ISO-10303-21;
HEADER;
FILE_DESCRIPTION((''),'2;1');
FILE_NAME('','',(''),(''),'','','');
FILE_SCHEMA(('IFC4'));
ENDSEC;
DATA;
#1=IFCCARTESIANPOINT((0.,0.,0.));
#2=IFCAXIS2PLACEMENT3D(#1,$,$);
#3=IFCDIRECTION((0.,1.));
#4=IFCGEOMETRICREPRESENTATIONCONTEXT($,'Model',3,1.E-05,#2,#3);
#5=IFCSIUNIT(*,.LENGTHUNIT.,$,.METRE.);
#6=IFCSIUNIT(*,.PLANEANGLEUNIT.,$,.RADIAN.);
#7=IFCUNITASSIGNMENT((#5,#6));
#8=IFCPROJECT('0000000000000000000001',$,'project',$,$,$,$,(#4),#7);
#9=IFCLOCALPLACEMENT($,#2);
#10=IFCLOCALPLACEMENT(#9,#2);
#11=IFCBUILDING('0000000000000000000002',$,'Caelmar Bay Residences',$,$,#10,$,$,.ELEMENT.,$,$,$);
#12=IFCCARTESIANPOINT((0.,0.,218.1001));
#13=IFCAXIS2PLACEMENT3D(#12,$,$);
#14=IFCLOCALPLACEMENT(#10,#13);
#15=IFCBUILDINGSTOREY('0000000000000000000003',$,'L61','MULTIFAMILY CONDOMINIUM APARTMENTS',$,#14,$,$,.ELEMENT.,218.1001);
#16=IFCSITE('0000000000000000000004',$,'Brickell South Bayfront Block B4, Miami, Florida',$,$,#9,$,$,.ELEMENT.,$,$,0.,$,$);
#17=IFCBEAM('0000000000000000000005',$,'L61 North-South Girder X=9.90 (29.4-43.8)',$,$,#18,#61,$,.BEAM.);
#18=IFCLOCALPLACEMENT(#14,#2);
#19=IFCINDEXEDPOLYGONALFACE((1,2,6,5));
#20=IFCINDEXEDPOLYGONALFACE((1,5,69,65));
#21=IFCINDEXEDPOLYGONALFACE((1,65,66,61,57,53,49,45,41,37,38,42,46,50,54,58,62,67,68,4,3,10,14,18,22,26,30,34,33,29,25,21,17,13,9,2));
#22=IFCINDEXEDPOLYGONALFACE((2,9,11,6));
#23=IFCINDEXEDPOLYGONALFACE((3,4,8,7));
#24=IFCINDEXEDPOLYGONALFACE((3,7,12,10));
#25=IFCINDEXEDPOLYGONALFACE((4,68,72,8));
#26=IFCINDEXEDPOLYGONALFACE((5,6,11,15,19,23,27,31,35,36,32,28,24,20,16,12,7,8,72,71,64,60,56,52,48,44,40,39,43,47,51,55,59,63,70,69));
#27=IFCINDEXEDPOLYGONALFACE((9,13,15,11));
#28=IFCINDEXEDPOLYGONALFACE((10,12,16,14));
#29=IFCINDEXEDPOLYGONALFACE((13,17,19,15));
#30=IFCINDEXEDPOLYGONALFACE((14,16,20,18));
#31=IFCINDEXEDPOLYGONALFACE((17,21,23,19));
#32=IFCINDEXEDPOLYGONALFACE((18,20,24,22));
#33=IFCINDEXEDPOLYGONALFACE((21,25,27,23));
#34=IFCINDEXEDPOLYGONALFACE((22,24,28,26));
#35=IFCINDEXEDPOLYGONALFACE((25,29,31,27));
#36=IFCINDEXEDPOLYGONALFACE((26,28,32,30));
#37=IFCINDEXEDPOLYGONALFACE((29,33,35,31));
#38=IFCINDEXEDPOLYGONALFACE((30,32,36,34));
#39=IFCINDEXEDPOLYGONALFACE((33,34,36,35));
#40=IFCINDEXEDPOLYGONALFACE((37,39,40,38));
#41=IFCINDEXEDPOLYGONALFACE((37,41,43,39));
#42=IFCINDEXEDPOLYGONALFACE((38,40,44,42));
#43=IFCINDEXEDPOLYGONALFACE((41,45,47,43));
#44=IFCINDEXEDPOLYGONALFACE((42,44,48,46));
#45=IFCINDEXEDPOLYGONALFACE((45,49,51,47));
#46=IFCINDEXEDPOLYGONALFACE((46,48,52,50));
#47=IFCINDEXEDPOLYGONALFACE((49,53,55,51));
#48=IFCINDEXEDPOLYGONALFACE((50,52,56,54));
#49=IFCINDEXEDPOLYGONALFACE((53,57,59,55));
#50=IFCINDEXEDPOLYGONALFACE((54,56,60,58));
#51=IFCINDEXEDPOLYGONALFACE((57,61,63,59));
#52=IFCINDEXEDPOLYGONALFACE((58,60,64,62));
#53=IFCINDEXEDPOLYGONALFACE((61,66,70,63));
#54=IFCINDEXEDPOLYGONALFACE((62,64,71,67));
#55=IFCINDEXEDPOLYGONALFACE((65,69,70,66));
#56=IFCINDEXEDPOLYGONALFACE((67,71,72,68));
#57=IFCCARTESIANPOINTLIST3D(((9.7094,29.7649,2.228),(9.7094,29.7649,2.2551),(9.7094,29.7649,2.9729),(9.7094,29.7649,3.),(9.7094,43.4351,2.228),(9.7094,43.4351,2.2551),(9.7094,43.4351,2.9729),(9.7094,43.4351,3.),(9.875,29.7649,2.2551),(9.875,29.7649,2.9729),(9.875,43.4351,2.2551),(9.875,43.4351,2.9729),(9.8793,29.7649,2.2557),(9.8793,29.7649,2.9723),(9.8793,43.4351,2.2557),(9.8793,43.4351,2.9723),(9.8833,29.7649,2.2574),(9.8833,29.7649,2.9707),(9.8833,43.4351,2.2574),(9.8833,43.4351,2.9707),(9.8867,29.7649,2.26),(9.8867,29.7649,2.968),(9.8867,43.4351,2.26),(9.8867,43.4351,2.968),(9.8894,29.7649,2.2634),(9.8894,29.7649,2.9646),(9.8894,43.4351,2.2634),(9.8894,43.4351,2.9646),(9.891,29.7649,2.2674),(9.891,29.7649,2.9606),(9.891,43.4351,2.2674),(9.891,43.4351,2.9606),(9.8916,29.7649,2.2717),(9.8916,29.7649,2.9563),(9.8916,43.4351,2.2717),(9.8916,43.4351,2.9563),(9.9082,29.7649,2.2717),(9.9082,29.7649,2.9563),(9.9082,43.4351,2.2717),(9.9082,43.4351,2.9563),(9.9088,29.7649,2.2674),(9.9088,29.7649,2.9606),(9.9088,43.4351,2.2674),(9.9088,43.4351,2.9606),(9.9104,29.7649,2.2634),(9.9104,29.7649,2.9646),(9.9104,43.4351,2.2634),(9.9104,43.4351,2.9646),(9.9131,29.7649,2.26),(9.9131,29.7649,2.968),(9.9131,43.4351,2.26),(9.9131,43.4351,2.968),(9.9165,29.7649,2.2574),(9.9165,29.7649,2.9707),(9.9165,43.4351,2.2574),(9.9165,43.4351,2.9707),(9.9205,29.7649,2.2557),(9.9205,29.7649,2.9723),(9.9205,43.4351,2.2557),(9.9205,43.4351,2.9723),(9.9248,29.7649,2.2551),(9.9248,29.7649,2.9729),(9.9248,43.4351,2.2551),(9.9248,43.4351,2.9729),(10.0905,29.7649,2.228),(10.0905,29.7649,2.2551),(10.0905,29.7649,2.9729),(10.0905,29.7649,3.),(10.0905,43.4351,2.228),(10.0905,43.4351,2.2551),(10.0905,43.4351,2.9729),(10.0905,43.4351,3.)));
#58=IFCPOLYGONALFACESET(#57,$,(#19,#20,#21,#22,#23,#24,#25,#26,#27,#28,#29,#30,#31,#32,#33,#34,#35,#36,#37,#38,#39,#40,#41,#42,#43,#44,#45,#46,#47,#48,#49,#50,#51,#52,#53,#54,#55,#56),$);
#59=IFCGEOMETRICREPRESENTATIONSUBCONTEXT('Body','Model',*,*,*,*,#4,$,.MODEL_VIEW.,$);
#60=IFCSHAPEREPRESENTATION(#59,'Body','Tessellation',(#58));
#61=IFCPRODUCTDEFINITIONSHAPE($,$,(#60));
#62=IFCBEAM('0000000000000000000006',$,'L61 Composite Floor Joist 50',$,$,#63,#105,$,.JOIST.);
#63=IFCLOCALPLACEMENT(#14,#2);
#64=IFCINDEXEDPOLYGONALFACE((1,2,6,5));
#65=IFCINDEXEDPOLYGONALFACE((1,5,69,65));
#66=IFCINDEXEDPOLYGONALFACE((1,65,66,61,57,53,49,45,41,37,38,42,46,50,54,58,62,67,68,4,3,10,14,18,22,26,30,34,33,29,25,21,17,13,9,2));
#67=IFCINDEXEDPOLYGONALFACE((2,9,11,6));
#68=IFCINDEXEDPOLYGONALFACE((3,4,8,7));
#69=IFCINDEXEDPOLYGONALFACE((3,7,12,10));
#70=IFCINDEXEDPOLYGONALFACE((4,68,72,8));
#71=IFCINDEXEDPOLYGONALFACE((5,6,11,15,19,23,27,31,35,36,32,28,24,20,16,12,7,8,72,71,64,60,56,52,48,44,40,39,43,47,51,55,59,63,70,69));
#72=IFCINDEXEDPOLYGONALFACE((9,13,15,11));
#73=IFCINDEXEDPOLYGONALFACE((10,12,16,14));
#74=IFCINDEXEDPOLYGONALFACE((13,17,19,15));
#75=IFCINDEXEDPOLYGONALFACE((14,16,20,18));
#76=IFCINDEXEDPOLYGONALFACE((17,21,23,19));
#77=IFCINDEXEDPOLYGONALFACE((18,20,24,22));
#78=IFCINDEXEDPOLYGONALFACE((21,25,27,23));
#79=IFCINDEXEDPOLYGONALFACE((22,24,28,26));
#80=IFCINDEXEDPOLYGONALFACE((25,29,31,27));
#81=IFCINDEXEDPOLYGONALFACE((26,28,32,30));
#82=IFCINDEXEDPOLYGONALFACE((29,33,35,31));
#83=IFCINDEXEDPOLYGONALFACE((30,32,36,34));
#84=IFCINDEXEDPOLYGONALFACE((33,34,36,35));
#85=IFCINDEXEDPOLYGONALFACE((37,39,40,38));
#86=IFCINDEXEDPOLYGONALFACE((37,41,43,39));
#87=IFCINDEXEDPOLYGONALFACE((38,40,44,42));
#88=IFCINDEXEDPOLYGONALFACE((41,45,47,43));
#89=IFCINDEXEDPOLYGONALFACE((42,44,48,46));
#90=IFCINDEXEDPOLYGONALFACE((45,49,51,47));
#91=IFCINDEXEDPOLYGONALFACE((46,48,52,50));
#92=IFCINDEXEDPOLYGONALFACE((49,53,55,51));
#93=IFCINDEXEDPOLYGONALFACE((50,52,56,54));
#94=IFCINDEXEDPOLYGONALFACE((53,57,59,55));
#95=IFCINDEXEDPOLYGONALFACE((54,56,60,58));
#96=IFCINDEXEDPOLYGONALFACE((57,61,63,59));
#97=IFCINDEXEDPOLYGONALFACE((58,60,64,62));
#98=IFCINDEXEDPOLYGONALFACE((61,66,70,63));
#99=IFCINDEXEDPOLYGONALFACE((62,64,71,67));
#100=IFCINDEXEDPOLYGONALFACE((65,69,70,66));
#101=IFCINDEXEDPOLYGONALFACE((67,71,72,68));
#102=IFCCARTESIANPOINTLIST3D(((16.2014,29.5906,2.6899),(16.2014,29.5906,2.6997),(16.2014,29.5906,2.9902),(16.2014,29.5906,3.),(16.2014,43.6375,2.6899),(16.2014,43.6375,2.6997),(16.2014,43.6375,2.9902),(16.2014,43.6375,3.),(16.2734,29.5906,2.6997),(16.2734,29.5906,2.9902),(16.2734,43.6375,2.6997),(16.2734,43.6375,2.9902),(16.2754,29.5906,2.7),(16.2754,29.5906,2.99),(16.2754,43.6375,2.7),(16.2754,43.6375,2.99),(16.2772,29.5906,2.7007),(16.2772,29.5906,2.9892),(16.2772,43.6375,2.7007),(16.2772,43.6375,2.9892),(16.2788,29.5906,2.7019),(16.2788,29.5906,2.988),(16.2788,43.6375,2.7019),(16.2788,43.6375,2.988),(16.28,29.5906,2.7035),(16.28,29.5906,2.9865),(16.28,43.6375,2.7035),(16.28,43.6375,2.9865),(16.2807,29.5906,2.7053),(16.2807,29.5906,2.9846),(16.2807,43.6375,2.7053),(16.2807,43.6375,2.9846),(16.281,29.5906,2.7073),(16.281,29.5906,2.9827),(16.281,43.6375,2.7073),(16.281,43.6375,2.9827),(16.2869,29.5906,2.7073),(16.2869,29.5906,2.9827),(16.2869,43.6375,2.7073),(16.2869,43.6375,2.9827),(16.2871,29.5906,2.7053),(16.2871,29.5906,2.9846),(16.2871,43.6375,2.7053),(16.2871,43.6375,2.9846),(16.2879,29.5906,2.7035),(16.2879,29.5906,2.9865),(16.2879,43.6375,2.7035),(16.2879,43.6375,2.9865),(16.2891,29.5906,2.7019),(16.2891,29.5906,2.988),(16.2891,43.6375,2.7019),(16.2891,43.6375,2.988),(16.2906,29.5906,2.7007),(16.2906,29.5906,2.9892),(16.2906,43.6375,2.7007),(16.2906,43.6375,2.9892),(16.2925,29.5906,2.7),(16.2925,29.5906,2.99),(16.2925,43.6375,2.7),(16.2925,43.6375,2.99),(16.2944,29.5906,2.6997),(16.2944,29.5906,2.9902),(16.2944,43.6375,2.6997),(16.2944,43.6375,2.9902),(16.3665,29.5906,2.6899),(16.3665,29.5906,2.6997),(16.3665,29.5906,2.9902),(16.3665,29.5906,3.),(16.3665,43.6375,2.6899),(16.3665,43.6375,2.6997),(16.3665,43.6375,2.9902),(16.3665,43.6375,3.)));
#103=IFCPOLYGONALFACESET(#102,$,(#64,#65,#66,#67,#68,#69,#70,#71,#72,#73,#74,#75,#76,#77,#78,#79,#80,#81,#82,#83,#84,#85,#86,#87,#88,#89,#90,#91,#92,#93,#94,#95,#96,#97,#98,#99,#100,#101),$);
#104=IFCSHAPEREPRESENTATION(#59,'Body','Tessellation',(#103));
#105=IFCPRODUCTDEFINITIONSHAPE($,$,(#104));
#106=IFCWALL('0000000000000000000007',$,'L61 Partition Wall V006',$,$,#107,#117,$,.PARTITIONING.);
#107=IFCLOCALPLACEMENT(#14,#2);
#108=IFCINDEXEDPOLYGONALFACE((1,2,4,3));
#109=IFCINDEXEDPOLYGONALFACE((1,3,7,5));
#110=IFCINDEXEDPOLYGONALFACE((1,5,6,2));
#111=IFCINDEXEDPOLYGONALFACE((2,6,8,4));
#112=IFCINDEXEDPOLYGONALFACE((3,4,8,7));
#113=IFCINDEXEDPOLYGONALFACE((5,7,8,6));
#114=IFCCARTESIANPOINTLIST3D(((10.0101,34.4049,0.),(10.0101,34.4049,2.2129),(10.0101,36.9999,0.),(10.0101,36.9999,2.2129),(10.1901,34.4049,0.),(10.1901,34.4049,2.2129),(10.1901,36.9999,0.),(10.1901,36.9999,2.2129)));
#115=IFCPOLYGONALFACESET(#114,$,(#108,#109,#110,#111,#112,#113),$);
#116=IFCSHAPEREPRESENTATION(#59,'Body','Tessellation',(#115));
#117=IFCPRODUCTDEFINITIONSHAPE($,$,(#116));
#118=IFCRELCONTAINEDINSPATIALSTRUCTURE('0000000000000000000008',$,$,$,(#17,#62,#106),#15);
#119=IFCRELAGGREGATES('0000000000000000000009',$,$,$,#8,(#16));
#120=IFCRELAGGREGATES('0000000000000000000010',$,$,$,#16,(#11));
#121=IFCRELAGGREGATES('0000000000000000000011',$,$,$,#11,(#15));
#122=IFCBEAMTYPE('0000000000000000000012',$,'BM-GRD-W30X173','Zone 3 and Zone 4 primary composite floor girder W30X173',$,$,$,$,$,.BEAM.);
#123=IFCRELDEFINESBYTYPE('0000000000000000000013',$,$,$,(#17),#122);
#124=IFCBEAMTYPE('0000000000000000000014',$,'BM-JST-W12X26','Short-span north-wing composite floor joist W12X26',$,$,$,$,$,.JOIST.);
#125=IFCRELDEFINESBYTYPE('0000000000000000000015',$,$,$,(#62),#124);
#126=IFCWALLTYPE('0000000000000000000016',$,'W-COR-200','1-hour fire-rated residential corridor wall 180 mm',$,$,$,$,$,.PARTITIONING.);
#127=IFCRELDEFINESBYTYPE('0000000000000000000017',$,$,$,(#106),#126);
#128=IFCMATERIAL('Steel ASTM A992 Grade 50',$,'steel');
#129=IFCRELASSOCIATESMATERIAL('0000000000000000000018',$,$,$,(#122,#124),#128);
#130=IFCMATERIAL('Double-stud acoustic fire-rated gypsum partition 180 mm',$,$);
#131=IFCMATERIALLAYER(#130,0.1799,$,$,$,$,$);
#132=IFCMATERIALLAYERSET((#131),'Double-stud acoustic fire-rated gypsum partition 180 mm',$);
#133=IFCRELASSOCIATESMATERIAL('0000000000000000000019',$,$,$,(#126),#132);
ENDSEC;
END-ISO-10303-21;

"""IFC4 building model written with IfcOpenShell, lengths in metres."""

from ifc_helpers import new_model, si_unit, direction, frame, frame_2d, origin, origin_2d, place, context, subcontext, project, spatial, rectangle, i_section, extrude, material, layer, layer_set, material_profile, profile_set, type_object, element, save


model = new_model("IFC4")

# Units and contexts
model_context = context("Model", 3, precision=1e-05, world=origin(), true_north=direction((0.0, 1.0)))
body_context = subcontext(model_context, "Body", "Model", "MODEL_VIEW")
ifc_project = project(units=[si_unit("LENGTHUNIT", "METRE"), si_unit("PLANEANGLEUNIT", "RADIAN")], contexts=[model_context])

# Site, building, storey
site_placement = place(None, origin())
site = spatial("IfcSite", under=ifc_project, at=site_placement, Name="Brickell South Bayfront Block B4, Miami, Florida", CompositionType="ELEMENT", RefElevation=0.0)
building_placement = place(site_placement, origin())
building = spatial("IfcBuilding", under=site, at=building_placement, Name="Caelmar Bay Residences", CompositionType="ELEMENT")
storey_placement = place(building_placement, frame((0.0, 0.0, 218.1001)))
storey = spatial("IfcBuildingStorey", under=building, at=storey_placement, Name="L61", Description="MULTIFAMILY CONDOMINIUM APARTMENTS", CompositionType="ELEMENT", Elevation=218.1001)

# Beams
ifc_material_1 = material(Name="Steel ASTM A992 Grade 50", Category="steel")
ifc_material_profile_1 = material_profile(ifc_material_1, i_section(OverallWidth=0.3811, OverallDepth=0.772, WebThickness=0.0166, FlangeThickness=0.0271, FilletRadius=0.0166, at=origin_2d()), Name="W30X173")
ifc_profile_set_1 = profile_set([ifc_material_profile_1], Name="Steel ASTM A992 Grade 50")
beam_type_1 = type_object("IfcBeamType", Name="BM-GRD-W30X173", Description="Zone 3 and Zone 4 primary composite floor girder W30X173", PredefinedType="BEAM", material=ifc_profile_set_1)
beam_1_placement = place(storey_placement, frame((9.8999, 29.7649, 2.614), z_axis=(0.0, 1.0, 0.0), x_axis=(-1.0, 0.0, 0.0)))
element("IfcBeam", 1, at=beam_1_placement, inside=storey, type_object=beam_type_1, Name="L61 North-South Girder X=9.90 (29.4-43.8)", PredefinedType="BEAM", context=body_context, shape_type="SweptSolid", body=[
    extrude(i_section(OverallWidth=0.3811, OverallDepth=0.772, WebThickness=0.0166, FlangeThickness=0.0271, FilletRadius=0.0166, at=origin_2d()), origin(), (0.0, 0.0, 1.0), 13.6702),
])
ifc_material_profile_2 = material_profile(ifc_material_1, i_section(OverallWidth=0.165, OverallDepth=0.3101, WebThickness=0.0059, FlangeThickness=0.0098, FilletRadius=0.0076, at=origin_2d()), Name="W12X26")
ifc_profile_set_2 = profile_set([ifc_material_profile_2], Name="Steel ASTM A992 Grade 50")
beam_type_2 = type_object("IfcBeamType", Name="BM-JST-W12X26", Description="Short-span north-wing composite floor joist W12X26", PredefinedType="JOIST", material=ifc_profile_set_2)
beam_2_placement = place(storey_placement, frame((16.2839, 29.5906, 2.845), z_axis=(0.0, 1.0, 0.0), x_axis=(-1.0, 0.0, 0.0)))
element("IfcBeam", 2, at=beam_2_placement, inside=storey, type_object=beam_type_2, Name="L61 Composite Floor Joist 50", PredefinedType="JOIST", context=body_context, shape_type="SweptSolid", body=[
    extrude(i_section(OverallWidth=0.165, OverallDepth=0.3101, WebThickness=0.0059, FlangeThickness=0.0098, FilletRadius=0.0076, at=origin_2d()), origin(), (0.0, 0.0, 1.0), 14.0469),
])

# Wall
ifc_material_2 = material(Name="Double-stud acoustic fire-rated gypsum partition 180 mm")
ifc_layer_1 = layer(ifc_material_2, 0.1799)
ifc_layer_set_1 = layer_set([ifc_layer_1], Name="Double-stud acoustic fire-rated gypsum partition 180 mm")
wall_type_1 = type_object("IfcWallType", Name="W-COR-200", Description="1-hour fire-rated residential corridor wall 180 mm", PredefinedType="PARTITIONING", material=ifc_layer_set_1)
wall_1_placement = place(storey_placement, frame((10.1001, 34.405, 0.0), z_axis=(0.0, 0.0, 1.0), x_axis=(0.0, 1.0, 0.0)))
element("IfcWall", 3, at=wall_1_placement, inside=storey, type_object=wall_type_1, Name="L61 Partition Wall V006", PredefinedType="PARTITIONING", context=body_context, shape_type="SweptSolid", body=[
    extrude(rectangle(XDim=2.595, YDim=0.1799, at=frame_2d((1.2974, 0.0))), origin(), (0.0, 0.0, 1.0), 2.2129),
])

save(model, "model.ifc")
